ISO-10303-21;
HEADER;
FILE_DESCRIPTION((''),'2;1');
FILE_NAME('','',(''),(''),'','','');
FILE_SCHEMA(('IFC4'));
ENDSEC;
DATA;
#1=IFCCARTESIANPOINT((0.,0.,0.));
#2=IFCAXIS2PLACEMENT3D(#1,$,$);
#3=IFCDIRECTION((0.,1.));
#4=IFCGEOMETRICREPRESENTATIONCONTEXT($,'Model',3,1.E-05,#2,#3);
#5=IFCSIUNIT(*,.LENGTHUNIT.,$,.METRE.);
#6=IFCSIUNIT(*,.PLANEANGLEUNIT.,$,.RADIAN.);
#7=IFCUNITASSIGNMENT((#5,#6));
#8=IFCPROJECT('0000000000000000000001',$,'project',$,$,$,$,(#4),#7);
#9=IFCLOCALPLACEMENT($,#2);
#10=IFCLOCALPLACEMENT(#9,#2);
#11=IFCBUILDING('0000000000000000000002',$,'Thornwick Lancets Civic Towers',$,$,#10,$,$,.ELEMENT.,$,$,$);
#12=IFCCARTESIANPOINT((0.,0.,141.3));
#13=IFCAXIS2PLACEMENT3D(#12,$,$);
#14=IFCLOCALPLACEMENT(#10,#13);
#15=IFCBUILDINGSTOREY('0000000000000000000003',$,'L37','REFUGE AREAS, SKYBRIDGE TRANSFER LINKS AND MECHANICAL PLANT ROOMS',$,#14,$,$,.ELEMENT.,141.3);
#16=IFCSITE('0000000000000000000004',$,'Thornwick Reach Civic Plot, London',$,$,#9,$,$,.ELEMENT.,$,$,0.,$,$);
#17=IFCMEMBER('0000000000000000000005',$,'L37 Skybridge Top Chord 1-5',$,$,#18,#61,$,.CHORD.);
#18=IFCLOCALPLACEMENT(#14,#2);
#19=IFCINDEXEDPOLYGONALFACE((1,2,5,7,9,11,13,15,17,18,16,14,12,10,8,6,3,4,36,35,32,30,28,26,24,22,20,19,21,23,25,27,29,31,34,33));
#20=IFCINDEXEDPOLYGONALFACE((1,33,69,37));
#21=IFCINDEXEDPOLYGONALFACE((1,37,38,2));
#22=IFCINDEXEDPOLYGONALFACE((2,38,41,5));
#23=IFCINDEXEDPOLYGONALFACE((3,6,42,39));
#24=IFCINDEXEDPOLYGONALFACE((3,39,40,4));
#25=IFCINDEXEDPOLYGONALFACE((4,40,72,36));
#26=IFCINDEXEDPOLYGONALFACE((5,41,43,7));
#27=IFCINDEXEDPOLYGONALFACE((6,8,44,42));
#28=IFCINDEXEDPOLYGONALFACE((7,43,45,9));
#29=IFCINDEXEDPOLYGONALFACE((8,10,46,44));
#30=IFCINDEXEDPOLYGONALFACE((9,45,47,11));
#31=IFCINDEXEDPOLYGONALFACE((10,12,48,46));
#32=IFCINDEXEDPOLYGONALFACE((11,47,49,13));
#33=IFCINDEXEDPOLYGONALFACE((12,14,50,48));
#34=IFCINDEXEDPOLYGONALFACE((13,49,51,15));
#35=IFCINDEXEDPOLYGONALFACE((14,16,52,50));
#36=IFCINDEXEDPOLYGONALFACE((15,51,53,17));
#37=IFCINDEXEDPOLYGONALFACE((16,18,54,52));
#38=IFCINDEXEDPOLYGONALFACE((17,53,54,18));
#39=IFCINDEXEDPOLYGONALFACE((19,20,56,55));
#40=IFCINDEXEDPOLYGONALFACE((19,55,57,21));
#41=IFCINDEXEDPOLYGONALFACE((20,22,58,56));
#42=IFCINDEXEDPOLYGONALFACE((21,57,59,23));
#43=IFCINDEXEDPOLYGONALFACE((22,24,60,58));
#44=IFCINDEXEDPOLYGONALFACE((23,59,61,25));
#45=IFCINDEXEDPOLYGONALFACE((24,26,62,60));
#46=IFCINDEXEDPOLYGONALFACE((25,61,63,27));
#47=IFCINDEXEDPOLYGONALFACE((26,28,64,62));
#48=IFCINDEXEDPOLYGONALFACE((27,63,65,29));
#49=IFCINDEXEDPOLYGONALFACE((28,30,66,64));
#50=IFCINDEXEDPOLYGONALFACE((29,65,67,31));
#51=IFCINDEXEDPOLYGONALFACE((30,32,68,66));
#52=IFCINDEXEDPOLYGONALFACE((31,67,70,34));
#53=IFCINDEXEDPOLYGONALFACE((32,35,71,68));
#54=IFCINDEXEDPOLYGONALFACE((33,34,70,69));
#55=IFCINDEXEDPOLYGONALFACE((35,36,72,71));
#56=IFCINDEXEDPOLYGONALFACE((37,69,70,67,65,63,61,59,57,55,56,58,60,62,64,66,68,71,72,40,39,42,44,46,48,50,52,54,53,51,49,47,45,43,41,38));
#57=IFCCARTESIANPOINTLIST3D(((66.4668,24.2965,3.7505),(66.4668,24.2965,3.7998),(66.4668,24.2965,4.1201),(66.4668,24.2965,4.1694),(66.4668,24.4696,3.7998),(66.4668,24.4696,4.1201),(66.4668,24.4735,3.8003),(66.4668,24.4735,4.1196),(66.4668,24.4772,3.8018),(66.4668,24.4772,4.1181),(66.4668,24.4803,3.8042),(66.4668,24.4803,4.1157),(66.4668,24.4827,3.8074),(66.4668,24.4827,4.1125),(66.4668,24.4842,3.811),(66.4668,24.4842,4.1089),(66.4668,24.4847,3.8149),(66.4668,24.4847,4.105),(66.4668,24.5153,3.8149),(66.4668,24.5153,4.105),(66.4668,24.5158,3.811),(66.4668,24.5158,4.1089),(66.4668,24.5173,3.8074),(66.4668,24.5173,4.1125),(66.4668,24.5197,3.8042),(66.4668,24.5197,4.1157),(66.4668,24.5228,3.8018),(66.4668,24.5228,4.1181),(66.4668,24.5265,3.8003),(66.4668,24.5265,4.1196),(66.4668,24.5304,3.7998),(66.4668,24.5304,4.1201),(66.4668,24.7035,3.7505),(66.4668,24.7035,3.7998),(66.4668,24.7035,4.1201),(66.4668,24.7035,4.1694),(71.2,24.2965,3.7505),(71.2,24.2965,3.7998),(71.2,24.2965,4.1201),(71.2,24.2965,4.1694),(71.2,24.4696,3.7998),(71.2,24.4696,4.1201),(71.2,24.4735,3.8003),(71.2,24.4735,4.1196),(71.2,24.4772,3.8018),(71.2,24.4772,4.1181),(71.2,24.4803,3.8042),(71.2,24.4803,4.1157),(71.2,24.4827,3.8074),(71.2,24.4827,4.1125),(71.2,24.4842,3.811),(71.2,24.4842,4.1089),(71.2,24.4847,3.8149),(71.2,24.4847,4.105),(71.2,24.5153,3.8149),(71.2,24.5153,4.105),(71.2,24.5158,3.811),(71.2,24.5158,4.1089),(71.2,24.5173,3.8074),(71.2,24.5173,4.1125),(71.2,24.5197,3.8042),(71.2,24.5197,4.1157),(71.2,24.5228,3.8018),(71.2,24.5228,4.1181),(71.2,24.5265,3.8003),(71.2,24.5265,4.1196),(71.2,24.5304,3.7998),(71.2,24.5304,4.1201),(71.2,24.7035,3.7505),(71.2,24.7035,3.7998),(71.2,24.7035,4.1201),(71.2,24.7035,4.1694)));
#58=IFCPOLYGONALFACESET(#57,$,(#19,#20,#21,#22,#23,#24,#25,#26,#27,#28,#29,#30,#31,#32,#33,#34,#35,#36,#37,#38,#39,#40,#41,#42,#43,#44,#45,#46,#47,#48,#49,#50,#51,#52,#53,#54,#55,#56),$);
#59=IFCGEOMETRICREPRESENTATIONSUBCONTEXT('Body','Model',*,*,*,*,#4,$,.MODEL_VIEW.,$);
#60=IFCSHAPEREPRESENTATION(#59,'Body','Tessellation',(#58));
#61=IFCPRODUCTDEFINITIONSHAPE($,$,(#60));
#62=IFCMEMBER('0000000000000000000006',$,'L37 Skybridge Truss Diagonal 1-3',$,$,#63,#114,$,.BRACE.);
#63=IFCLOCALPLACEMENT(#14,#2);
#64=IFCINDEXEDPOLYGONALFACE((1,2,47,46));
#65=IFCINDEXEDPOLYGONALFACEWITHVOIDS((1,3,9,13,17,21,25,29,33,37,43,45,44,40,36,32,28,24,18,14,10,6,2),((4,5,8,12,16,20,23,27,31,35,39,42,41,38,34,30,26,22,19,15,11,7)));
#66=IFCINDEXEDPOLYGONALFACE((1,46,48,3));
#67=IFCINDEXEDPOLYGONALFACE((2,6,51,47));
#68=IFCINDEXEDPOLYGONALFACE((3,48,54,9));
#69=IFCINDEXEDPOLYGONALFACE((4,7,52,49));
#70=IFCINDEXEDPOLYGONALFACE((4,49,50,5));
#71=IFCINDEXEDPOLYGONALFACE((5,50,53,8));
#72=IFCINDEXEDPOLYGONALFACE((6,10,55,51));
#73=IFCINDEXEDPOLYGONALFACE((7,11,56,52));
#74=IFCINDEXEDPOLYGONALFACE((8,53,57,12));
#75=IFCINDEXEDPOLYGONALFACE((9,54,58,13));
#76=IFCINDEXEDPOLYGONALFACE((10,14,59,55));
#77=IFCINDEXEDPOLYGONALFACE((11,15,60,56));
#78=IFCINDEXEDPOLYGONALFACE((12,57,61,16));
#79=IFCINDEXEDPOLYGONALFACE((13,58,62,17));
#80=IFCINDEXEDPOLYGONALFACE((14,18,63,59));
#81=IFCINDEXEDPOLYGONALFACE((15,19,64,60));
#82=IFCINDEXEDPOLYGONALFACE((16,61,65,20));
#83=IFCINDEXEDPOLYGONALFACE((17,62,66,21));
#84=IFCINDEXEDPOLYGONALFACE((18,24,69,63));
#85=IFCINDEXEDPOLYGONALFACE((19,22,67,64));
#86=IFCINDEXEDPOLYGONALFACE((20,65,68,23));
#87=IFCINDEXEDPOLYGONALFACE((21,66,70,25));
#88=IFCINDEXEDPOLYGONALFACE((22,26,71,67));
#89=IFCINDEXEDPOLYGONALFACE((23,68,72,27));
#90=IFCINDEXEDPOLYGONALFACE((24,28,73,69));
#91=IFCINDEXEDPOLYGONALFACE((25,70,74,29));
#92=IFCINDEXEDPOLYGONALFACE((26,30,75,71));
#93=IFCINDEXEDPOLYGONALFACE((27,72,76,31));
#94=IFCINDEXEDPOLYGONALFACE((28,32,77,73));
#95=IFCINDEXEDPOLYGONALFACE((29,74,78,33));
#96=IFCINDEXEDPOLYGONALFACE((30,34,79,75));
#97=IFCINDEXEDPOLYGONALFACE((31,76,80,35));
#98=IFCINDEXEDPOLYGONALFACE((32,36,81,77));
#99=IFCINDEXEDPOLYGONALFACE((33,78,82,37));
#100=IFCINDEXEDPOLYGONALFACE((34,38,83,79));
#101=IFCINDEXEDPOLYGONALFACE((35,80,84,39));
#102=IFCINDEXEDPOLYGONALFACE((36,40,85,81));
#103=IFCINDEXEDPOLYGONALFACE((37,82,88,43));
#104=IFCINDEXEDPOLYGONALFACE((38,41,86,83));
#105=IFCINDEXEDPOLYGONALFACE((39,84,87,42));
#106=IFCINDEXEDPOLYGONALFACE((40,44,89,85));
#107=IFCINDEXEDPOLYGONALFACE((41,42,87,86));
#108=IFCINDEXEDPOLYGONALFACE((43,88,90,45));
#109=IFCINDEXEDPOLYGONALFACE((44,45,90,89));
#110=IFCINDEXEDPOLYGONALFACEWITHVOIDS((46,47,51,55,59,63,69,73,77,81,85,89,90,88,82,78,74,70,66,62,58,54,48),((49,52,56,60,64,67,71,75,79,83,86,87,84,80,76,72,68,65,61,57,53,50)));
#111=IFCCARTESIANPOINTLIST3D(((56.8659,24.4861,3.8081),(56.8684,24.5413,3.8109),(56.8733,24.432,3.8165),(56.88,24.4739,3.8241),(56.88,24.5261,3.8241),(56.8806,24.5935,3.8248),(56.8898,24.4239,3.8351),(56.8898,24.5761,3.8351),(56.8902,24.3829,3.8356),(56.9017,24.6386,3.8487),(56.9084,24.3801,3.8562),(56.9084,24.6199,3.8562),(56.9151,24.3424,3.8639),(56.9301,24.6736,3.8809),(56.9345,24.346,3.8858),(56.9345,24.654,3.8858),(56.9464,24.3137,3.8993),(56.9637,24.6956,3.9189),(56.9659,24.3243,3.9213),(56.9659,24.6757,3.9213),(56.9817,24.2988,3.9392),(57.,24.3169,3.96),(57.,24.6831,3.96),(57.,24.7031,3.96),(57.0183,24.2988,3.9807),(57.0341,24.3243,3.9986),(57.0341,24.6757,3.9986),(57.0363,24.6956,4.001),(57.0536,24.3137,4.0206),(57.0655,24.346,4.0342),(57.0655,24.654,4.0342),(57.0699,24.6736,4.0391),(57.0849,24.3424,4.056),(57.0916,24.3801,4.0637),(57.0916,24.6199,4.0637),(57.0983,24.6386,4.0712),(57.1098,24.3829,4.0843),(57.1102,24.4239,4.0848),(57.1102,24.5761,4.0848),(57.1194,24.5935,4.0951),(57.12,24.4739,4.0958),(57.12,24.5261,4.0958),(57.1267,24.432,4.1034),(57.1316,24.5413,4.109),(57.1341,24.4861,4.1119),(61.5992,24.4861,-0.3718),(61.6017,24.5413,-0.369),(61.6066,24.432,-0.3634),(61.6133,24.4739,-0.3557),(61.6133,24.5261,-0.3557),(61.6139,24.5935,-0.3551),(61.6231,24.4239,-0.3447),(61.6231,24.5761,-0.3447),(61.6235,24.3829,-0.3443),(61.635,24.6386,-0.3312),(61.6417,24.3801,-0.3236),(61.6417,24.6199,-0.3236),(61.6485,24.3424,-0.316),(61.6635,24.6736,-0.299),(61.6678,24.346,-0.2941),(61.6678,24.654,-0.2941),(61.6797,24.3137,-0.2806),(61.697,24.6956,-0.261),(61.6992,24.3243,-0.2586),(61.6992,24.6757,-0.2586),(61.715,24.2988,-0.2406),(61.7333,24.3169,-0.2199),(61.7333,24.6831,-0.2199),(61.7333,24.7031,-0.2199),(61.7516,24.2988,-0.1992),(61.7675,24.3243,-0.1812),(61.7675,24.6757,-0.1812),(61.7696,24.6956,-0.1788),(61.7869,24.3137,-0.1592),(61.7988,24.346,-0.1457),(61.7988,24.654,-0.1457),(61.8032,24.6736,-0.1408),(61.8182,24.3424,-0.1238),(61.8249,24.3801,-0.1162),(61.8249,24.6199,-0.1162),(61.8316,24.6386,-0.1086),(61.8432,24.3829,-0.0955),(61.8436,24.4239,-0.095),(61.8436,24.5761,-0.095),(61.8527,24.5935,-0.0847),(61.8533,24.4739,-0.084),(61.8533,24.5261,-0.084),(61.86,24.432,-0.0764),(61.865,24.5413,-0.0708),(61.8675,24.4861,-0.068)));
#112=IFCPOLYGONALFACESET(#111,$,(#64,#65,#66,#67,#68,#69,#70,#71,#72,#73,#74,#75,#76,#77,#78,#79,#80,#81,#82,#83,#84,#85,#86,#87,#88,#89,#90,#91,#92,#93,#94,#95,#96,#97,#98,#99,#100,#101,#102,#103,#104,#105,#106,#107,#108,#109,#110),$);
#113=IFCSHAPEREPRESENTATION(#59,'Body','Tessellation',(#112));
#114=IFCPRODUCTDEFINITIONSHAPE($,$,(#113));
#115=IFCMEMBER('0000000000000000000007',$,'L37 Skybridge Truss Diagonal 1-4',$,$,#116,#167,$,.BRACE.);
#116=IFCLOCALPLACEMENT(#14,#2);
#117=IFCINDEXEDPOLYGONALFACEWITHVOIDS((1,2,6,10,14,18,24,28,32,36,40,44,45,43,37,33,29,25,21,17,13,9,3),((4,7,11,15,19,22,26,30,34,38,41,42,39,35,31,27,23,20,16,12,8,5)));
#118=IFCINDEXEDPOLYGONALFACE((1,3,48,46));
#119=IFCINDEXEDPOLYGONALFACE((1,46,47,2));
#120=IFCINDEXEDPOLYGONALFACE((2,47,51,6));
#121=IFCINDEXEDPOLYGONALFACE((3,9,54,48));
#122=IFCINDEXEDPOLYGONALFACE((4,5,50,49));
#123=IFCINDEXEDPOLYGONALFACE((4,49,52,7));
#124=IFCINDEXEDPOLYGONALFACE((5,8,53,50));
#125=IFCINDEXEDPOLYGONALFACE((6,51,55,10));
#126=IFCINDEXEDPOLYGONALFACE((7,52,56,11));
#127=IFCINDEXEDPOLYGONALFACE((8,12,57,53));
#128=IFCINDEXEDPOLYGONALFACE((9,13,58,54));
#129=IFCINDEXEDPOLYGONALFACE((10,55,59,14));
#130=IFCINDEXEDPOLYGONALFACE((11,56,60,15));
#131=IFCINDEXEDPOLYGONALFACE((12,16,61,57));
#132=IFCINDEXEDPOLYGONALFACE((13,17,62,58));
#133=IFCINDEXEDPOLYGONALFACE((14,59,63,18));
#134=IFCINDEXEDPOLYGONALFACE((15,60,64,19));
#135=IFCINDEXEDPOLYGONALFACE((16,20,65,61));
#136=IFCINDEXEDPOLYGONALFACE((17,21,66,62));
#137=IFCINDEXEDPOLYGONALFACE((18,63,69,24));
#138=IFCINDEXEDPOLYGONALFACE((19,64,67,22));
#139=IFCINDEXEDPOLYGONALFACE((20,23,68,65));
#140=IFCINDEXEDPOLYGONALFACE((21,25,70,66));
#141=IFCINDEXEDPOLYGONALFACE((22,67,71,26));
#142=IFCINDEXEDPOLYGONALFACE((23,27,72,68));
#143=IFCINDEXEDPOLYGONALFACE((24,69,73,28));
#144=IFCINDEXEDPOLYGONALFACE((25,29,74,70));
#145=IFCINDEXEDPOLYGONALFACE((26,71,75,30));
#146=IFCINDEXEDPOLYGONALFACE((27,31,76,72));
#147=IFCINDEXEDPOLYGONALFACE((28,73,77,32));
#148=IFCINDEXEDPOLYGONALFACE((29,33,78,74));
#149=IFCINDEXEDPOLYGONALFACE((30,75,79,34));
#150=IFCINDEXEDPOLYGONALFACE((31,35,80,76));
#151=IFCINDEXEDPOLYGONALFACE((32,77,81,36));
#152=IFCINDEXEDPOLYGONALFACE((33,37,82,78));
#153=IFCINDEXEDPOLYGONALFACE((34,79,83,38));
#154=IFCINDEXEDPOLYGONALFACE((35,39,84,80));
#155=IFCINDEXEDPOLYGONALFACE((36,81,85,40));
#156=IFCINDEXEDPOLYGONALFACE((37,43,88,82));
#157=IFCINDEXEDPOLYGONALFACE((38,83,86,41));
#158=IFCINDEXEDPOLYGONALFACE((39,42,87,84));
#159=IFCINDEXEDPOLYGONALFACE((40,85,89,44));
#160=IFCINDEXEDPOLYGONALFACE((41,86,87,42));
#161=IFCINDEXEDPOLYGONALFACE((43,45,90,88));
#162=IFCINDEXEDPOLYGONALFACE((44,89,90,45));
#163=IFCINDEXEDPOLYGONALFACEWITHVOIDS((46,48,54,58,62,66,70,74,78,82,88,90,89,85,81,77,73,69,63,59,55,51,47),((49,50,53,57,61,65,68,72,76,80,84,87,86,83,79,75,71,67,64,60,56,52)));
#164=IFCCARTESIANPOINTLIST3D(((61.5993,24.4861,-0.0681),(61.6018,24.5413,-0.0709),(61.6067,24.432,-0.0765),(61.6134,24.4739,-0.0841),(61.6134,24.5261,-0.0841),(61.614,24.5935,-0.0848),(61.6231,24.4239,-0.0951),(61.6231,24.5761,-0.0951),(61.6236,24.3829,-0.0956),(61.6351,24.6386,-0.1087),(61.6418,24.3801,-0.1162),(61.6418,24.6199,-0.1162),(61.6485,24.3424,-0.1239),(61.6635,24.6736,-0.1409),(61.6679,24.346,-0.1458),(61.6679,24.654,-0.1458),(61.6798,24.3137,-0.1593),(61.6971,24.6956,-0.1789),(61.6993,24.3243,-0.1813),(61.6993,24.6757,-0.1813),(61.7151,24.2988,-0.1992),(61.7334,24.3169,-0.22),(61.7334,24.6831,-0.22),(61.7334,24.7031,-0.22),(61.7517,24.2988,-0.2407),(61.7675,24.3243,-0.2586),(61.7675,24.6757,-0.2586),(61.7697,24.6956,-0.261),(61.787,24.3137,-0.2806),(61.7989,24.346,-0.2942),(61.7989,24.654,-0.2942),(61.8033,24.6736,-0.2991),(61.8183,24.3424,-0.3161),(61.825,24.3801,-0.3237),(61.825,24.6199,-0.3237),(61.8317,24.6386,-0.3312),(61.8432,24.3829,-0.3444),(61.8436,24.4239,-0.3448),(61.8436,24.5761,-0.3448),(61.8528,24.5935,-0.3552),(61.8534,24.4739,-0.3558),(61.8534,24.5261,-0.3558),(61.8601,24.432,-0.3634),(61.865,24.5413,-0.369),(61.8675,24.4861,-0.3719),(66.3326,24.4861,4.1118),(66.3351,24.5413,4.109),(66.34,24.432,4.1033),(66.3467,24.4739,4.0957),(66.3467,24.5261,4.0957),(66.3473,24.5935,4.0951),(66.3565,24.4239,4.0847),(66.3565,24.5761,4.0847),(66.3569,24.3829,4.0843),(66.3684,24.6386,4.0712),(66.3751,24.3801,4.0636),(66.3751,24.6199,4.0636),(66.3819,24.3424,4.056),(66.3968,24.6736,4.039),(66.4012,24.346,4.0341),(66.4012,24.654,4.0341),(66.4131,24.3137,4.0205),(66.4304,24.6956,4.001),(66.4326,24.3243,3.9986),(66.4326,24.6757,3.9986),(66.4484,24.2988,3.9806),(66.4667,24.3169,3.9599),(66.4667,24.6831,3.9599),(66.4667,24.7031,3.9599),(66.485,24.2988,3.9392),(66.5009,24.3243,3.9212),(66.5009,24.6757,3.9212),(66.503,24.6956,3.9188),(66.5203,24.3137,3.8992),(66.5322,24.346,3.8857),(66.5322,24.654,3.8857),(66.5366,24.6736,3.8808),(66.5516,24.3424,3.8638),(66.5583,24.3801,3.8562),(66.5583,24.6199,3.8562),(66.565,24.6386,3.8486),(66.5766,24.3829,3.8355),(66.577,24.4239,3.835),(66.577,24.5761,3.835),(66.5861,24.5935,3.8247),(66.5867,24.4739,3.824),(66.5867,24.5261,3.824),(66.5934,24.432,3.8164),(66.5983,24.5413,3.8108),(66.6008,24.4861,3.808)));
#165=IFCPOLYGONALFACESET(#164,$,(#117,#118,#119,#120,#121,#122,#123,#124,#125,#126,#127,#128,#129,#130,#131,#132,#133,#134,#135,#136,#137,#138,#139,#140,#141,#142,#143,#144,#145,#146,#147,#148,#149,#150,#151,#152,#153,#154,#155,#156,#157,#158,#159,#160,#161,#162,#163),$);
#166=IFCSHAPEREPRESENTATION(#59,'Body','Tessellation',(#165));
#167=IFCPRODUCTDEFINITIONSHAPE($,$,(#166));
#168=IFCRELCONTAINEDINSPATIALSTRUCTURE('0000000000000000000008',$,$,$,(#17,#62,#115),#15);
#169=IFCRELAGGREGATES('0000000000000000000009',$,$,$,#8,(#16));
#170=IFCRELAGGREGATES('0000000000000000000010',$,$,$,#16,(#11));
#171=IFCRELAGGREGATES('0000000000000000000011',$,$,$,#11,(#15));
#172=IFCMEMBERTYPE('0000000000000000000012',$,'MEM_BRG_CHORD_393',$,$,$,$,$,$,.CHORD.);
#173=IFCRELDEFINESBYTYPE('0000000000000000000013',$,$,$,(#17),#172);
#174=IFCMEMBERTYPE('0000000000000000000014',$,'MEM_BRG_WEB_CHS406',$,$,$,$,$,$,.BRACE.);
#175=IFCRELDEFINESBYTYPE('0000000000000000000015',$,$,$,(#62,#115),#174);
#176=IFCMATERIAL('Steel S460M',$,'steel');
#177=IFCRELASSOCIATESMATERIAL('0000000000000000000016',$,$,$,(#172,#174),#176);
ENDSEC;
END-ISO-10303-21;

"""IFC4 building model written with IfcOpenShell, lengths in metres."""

from ifc_helpers import new_model, si_unit, direction, frame, origin, origin_2d, place, context, subcontext, project, spatial, hollow_circle, i_section, extrude, material, material_profile, profile_set, type_object, element, save


model = new_model("IFC4")

# Units and contexts
model_context = context("Model", 3, precision=1e-05, world=origin(), true_north=direction((0.0, 1.0)))
body_context = subcontext(model_context, "Body", "Model", "MODEL_VIEW")
ifc_project = project(units=[si_unit("LENGTHUNIT", "METRE"), si_unit("PLANEANGLEUNIT", "RADIAN")], contexts=[model_context])

# Site, building, storey
site_placement = place(None, origin())
site = spatial("IfcSite", under=ifc_project, at=site_placement, Name="Thornwick Reach Civic Plot, London", CompositionType="ELEMENT", RefElevation=0.0)
building_placement = place(site_placement, origin())
building = spatial("IfcBuilding", under=site, at=building_placement, Name="Thornwick Lancets Civic Towers", CompositionType="ELEMENT")
storey_placement = place(building_placement, frame((0.0, 0.0, 141.3)))
storey = spatial("IfcBuildingStorey", under=building, at=storey_placement, Name="L37", Description="REFUGE AREAS, SKYBRIDGE TRANSFER LINKS AND MECHANICAL PLANT ROOMS", CompositionType="ELEMENT", Elevation=141.3)

# Members
ifc_material_1 = material(Name="Steel S460M", Category="steel")
ifc_material_profile_1 = material_profile(ifc_material_1, i_section(OverallWidth=0.407, OverallDepth=0.4189, WebThickness=0.0305, FlangeThickness=0.0493, FilletRadius=0.0151, at=origin_2d()), Name="UKC 356x406x393")
ifc_profile_set_1 = profile_set([ifc_material_profile_1], Name="Steel S460M")
member_type_1 = type_object("IfcMemberType", Name="MEM_BRG_CHORD_393", PredefinedType="CHORD", material=ifc_profile_set_1)
member_1_placement = place(storey_placement, frame((66.4668, 24.5, 3.96), z_axis=(1.0, 0.0, 0.0), x_axis=(0.0, 1.0, 0.0)))
element("IfcMember", 1, at=member_1_placement, inside=storey, type_object=member_type_1, Name="L37 Skybridge Top Chord 1-5", PredefinedType="CHORD", context=body_context, shape_type="SweptSolid", body=[
    extrude(i_section(OverallWidth=0.407, OverallDepth=0.4189, WebThickness=0.0305, FlangeThickness=0.0493, FilletRadius=0.0151, at=origin_2d()), origin(), (0.0, 0.0, 1.0), 4.7332),
])
ifc_material_profile_2 = material_profile(ifc_material_1, hollow_circle(Radius=0.2031, WallThickness=0.02, at=origin_2d()), Name="CHS 406.4x20")
ifc_profile_set_2 = profile_set([ifc_material_profile_2], Name="Steel S460M")
member_type_2 = type_object("IfcMemberType", Name="MEM_BRG_WEB_CHS406", PredefinedType="BRACE", material=ifc_profile_set_2)
for number, where, z_axis, x_axis, name in (
    (2, (57.0, 24.5, 3.96), (0.74957, 0.0, -0.661925), (0.0, 1.0, 0.0), "L37 Skybridge Truss Diagonal 1-3"),
    (3, (61.7334, 24.5, -0.22), (0.74957, 0.0, 0.661925), (0.0, 1.0, 0.0), "L37 Skybridge Truss Diagonal 1-4"),
):
    element("IfcMember", number, at=place(storey_placement, frame(where, z_axis=z_axis, x_axis=x_axis)), inside=storey, type_object=member_type_2, Name=name, PredefinedType="BRACE", context=body_context, shape_type="SweptSolid", body=[
        extrude(hollow_circle(Radius=0.2031, WallThickness=0.02, at=origin_2d()), origin(), (0.0, 0.0, 1.0), 6.3147),
    ])

save(model, "model.ifc")
